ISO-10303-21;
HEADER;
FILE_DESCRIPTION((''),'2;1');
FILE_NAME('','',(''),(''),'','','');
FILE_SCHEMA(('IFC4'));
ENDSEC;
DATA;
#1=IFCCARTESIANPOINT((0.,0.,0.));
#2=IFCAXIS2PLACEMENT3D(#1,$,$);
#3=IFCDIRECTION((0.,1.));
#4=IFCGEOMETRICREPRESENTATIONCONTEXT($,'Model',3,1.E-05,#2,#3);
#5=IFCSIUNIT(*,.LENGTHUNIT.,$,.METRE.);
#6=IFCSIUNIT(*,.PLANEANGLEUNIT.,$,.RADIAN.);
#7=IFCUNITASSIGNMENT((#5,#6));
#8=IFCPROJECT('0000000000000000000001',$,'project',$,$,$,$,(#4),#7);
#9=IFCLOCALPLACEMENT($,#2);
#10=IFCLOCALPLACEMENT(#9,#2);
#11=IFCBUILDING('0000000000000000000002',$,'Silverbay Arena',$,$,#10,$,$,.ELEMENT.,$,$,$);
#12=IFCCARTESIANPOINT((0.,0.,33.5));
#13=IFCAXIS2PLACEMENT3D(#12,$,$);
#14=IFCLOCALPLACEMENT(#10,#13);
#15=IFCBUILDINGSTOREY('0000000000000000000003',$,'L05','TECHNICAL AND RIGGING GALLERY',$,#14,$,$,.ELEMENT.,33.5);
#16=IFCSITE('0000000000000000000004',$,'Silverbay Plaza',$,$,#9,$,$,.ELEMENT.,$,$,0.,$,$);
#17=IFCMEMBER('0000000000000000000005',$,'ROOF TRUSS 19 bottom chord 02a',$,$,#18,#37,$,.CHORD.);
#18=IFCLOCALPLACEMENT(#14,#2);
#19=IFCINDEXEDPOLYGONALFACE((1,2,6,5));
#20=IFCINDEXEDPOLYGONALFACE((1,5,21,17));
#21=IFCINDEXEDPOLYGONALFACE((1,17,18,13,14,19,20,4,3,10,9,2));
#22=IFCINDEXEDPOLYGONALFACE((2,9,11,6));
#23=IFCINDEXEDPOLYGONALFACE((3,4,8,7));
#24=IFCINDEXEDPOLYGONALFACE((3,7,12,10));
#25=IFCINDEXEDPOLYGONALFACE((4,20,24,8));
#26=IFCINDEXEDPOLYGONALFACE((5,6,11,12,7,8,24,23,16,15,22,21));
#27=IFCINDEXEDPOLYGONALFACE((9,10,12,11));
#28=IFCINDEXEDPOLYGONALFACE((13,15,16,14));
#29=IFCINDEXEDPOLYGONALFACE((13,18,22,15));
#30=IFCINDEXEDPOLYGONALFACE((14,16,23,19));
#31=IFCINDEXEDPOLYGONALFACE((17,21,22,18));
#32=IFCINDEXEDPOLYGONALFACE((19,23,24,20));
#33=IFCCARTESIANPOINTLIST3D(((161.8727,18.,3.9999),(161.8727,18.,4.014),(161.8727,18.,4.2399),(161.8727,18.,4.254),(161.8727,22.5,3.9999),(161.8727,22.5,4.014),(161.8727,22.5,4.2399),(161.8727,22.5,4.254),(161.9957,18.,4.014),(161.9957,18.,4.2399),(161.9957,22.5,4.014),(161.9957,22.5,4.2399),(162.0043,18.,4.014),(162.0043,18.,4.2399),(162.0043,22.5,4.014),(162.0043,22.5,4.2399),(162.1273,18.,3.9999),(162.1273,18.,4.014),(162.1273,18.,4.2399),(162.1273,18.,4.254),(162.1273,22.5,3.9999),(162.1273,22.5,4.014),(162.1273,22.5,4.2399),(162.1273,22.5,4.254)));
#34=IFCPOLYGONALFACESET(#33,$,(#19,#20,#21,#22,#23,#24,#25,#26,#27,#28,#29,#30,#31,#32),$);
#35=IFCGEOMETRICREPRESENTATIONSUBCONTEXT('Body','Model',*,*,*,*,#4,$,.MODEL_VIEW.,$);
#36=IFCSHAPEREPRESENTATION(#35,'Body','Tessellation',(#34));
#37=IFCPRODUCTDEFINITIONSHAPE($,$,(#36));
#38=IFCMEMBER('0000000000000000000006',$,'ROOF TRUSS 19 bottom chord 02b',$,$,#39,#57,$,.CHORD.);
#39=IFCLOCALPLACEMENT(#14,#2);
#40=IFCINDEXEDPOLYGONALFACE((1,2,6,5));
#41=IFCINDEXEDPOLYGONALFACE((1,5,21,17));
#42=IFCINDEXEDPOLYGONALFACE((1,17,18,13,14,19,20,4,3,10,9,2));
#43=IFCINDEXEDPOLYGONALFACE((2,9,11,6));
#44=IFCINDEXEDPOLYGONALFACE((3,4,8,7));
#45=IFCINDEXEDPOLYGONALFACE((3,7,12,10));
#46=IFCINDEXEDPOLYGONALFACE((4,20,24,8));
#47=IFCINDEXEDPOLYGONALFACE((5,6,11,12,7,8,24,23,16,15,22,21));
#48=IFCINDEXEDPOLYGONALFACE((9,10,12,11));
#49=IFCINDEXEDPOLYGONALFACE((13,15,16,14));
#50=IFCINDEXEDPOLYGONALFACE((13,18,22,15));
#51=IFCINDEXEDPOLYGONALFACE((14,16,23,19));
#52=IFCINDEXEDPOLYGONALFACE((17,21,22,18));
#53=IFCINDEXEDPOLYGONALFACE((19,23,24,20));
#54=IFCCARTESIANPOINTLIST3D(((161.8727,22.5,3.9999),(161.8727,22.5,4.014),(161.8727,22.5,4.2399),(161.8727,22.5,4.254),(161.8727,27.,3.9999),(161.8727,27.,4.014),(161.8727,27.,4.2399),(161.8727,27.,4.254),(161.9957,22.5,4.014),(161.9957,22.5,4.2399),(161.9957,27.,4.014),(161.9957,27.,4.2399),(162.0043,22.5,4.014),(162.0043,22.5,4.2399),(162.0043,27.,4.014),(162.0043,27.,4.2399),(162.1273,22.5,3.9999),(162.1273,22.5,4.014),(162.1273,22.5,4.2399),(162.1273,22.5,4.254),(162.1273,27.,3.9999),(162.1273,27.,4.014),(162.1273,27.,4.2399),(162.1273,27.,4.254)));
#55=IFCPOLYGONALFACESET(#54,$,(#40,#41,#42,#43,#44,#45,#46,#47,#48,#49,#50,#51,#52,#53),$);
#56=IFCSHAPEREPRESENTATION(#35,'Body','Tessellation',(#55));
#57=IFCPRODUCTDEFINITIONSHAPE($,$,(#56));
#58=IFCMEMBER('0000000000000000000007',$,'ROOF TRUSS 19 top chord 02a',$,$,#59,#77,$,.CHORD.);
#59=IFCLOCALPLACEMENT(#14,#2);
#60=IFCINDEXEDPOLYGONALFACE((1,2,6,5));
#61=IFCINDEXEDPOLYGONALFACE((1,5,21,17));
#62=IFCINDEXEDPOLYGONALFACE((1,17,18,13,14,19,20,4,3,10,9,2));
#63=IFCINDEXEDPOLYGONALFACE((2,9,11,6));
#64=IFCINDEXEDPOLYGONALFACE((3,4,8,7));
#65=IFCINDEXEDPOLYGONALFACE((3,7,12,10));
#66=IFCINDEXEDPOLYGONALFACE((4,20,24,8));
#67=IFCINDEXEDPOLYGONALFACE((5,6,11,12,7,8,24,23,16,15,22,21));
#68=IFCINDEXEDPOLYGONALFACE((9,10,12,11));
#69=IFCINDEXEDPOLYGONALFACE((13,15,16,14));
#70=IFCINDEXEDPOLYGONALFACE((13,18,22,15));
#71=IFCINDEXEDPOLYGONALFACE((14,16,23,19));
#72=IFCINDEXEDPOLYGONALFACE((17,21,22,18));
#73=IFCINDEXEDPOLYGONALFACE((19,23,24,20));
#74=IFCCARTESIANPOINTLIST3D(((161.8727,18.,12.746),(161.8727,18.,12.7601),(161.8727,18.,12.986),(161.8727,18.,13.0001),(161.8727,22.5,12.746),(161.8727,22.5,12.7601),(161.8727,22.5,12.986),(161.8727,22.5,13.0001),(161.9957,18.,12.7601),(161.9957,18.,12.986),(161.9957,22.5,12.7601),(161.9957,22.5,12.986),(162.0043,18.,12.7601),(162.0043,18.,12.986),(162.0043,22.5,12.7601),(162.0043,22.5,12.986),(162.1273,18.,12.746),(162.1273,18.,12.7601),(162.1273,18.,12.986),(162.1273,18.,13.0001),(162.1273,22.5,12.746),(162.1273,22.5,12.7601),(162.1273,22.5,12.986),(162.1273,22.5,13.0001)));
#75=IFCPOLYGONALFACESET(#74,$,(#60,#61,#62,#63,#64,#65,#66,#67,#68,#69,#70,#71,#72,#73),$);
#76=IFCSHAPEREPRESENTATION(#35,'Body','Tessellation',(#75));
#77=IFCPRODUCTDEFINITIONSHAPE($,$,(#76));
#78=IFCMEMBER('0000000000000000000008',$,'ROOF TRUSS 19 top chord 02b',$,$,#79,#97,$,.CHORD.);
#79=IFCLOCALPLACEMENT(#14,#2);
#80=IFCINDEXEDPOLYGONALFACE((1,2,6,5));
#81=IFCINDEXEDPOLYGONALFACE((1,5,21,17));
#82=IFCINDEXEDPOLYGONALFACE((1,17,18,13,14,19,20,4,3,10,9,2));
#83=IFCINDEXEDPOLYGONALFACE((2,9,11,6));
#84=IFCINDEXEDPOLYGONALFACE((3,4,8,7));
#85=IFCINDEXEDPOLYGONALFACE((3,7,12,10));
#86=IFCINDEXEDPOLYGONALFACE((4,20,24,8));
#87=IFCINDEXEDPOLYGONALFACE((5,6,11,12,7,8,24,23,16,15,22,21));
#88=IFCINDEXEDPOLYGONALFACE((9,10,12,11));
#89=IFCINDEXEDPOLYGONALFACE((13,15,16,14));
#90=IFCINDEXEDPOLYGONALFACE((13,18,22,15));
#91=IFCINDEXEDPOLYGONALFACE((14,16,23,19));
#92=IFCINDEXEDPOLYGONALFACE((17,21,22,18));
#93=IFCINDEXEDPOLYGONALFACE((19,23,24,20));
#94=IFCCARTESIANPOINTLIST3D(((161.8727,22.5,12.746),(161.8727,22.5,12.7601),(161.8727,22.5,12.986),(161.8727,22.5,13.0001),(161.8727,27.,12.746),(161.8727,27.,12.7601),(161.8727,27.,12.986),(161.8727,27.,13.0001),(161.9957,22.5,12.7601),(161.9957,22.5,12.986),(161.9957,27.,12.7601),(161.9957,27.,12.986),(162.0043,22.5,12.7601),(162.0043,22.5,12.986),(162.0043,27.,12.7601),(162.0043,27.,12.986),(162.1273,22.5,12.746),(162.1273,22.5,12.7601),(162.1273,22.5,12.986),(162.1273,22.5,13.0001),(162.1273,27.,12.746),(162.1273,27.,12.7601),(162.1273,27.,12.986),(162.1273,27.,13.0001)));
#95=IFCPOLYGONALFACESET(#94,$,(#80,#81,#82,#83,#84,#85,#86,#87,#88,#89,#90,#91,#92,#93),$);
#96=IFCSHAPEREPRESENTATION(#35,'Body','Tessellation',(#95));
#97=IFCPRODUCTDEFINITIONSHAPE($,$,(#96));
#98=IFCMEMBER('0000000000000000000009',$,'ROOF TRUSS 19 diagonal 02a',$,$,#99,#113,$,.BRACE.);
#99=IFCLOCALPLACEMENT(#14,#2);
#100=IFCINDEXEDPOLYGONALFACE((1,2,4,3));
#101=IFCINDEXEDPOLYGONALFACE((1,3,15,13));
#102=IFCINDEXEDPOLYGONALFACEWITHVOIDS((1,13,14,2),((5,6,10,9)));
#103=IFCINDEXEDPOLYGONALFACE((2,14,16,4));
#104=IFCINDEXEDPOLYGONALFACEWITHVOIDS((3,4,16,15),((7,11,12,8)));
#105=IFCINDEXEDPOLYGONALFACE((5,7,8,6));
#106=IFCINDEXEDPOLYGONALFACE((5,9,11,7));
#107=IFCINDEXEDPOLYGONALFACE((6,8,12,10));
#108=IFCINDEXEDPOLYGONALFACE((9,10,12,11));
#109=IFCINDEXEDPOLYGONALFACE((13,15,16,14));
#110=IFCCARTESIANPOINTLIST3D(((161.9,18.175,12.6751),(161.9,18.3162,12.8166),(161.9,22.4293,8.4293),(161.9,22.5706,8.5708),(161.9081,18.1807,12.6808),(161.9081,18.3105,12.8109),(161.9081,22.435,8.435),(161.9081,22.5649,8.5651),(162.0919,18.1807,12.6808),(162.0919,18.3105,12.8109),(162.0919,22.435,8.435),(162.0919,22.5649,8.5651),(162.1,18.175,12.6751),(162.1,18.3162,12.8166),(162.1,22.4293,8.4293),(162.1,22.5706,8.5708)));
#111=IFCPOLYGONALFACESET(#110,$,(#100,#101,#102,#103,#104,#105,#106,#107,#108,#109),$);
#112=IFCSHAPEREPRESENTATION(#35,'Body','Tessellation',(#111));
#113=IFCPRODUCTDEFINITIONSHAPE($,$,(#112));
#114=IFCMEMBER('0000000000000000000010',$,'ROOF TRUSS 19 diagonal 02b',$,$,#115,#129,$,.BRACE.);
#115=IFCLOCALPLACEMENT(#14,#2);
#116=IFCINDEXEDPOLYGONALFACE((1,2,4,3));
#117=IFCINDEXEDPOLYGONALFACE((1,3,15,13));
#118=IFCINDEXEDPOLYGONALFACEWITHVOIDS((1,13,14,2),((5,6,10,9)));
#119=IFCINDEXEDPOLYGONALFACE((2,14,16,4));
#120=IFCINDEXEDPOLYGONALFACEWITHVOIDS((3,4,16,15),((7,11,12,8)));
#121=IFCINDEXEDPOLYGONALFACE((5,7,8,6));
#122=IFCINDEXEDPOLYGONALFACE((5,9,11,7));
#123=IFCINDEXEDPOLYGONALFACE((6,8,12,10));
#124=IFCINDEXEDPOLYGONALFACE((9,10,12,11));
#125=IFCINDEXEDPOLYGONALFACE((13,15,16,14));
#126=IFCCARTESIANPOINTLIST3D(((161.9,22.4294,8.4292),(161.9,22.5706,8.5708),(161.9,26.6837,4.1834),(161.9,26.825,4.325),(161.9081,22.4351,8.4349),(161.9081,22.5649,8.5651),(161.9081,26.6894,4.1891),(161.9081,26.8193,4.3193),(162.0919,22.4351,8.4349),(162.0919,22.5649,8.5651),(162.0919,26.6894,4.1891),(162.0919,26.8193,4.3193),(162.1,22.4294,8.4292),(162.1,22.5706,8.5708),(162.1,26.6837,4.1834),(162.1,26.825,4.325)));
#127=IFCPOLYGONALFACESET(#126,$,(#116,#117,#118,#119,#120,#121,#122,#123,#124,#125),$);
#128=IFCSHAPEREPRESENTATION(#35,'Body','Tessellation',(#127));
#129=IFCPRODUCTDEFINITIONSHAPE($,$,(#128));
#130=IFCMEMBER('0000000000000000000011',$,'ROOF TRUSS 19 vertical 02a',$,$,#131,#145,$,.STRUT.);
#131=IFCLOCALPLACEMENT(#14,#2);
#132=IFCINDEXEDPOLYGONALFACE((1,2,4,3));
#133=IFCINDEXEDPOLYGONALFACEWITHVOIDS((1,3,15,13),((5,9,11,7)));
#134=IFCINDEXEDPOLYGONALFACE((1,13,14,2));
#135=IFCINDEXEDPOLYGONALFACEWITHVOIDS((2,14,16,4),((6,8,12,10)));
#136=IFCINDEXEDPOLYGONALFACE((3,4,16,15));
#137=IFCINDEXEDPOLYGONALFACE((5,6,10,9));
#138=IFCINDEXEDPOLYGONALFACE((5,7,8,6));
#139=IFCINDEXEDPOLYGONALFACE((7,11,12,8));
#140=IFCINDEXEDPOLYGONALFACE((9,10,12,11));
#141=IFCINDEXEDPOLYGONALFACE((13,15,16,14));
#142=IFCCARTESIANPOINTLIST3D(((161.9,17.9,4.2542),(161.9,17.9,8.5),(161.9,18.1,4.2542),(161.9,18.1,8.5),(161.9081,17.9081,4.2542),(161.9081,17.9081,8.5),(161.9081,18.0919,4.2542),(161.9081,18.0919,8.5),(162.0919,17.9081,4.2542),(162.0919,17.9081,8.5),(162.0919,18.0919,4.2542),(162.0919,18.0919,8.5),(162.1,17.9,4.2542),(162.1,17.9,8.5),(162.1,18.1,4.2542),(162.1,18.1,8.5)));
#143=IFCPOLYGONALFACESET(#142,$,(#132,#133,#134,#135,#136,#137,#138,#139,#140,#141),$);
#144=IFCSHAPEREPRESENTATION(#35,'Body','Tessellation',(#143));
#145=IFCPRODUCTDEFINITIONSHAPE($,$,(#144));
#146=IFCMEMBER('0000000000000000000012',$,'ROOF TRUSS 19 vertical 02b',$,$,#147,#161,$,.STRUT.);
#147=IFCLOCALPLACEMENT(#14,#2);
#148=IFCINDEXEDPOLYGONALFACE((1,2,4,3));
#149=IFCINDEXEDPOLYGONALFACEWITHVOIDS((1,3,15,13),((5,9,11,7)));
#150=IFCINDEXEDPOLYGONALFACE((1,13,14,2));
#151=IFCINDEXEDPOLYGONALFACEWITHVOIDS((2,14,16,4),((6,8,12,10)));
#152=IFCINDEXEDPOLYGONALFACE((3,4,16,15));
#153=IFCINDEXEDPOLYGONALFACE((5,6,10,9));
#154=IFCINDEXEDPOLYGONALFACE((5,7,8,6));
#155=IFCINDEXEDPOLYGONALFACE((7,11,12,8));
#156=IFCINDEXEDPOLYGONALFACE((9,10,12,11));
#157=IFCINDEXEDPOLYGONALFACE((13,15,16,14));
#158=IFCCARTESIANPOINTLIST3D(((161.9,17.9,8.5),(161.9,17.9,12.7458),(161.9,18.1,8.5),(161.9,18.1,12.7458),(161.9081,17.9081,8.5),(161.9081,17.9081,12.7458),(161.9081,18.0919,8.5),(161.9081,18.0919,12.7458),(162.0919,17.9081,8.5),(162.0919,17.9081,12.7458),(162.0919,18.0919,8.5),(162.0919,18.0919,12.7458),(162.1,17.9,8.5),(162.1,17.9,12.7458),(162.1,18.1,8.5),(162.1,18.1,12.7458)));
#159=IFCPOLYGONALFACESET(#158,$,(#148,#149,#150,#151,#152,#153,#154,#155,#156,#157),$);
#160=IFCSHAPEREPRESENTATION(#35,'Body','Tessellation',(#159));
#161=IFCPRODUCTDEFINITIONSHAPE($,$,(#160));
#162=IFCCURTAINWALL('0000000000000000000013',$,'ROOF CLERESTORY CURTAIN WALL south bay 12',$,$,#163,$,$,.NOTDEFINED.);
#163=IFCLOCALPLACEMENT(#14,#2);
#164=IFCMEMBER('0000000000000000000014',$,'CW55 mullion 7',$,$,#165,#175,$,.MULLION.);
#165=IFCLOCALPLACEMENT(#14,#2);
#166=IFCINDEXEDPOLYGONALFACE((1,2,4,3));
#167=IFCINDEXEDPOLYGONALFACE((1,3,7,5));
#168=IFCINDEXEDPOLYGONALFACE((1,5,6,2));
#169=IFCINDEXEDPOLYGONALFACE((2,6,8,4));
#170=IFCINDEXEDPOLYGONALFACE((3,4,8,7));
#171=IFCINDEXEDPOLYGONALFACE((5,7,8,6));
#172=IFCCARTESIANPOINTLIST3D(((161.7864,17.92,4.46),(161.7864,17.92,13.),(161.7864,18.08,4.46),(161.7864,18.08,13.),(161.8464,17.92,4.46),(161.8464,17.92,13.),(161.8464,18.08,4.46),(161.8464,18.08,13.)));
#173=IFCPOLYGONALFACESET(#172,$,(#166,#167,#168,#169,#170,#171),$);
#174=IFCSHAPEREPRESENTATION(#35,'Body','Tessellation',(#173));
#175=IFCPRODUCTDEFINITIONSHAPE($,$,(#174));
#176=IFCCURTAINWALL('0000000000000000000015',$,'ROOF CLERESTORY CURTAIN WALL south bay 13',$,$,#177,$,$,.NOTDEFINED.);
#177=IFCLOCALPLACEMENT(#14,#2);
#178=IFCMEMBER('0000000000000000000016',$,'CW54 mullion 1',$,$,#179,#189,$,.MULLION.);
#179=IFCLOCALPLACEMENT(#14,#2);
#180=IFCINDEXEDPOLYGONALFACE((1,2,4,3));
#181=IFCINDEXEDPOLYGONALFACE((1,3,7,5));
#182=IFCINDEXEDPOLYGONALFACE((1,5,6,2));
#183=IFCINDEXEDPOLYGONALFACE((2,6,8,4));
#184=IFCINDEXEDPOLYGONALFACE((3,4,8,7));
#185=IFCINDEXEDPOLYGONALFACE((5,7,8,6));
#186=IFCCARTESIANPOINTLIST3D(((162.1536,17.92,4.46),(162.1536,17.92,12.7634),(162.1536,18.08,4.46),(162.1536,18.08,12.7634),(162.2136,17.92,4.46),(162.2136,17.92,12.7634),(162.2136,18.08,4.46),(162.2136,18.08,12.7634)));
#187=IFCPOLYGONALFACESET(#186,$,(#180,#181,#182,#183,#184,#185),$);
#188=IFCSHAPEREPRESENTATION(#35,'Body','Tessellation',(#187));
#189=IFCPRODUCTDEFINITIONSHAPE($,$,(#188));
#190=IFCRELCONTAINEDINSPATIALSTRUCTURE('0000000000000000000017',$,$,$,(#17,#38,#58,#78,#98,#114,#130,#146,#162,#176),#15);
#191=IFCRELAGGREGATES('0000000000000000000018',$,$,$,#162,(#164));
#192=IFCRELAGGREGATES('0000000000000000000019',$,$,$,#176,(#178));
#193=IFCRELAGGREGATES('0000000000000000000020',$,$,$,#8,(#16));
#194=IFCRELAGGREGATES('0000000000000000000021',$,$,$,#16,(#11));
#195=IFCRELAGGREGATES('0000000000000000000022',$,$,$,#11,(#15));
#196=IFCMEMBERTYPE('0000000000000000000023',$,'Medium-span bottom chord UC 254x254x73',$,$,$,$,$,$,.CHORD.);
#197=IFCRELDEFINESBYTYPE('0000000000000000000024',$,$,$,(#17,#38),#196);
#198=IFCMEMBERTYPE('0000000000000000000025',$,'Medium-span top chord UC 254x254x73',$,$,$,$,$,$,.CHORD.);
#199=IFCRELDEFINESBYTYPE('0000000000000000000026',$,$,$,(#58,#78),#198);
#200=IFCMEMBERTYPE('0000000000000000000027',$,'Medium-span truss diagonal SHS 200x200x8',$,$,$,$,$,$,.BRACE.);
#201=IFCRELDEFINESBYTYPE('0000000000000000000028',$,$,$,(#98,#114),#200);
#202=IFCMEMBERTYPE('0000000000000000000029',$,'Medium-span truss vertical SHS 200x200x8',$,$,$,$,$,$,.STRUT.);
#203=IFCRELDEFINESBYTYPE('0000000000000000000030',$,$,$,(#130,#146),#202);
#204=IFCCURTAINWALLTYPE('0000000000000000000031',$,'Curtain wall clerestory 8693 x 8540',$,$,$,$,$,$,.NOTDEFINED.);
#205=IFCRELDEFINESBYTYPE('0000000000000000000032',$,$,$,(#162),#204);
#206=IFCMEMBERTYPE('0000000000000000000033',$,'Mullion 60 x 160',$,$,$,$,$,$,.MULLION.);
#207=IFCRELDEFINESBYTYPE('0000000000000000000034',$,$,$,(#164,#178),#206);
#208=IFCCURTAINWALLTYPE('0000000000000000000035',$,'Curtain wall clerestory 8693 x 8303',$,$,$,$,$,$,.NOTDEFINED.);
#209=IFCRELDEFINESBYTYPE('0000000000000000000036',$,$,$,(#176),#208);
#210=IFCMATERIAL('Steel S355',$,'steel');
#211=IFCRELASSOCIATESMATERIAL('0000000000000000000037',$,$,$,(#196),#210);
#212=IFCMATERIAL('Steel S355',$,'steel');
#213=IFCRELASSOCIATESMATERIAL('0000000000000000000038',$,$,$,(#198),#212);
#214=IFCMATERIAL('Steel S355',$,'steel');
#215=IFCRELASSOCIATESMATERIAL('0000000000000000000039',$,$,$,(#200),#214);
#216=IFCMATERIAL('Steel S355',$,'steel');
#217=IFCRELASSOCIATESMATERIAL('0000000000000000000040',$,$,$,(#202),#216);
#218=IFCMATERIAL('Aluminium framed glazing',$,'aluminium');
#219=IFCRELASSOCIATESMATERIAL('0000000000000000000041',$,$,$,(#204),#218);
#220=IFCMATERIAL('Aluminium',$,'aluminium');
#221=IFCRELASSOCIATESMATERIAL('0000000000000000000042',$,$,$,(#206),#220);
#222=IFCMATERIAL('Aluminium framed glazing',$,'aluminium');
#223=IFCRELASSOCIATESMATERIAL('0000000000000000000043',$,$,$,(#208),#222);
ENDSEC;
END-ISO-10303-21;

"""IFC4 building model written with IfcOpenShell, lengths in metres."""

from ifc_helpers import new_model, si_unit, direction, frame, origin, origin_2d, place, context, subcontext, project, spatial, rectangle, hollow_rectangle, i_section, extrude, material, material_profile, profile_set, type_object, element, aggregate, save


model = new_model("IFC4")

# Units and contexts
model_context = context("Model", 3, precision=1e-05, world=origin(), true_north=direction((0.0, 1.0)))
body_context = subcontext(model_context, "Body", "Model", "MODEL_VIEW")
ifc_project = project(units=[si_unit("LENGTHUNIT", "METRE"), si_unit("PLANEANGLEUNIT", "RADIAN")], contexts=[model_context])

# Site, building, storey
site_placement = place(None, origin())
site = spatial("IfcSite", under=ifc_project, at=site_placement, Name="Silverbay Plaza", CompositionType="ELEMENT", RefElevation=0.0)
building_placement = place(site_placement, origin())
building = spatial("IfcBuilding", under=site, at=building_placement, Name="Silverbay Arena", CompositionType="ELEMENT")
storey_placement = place(building_placement, frame((0.0, 0.0, 33.5)))
storey = spatial("IfcBuildingStorey", under=building, at=storey_placement, Name="L05", Description="TECHNICAL AND RIGGING GALLERY", CompositionType="ELEMENT", Elevation=33.5)

# Members
ifc_material_1 = material(Name="Steel S355", Category="steel")
ifc_material_profile_1 = material_profile(ifc_material_1, i_section(OverallWidth=0.2546, OverallDepth=0.2542, WebThickness=0.0085, FlangeThickness=0.0142, at=origin_2d()), Name="UC 254x254x73")
ifc_profile_set_1 = profile_set([ifc_material_profile_1], Name="Steel S355")
member_type_1 = type_object("IfcMemberType", Name="Medium-span bottom chord UC 254x254x73", PredefinedType="CHORD", material=ifc_profile_set_1)
for number, where, z_axis, x_axis, name in (
    (1, (162.0, 18.0, 4.127), (0.0, 1.0, 0.0), (-1.0, 0.0, 0.0), "ROOF TRUSS 19 bottom chord 02a"),
    (2, (162.0, 22.5, 4.127), (0.0, 1.0, 0.0), (-1.0, 0.0, 0.0), "ROOF TRUSS 19 bottom chord 02b"),
):
    element("IfcMember", number, at=place(storey_placement, frame(where, z_axis=z_axis, x_axis=x_axis)), inside=storey, type_object=member_type_1, Name=name, PredefinedType="CHORD", context=body_context, shape_type="SweptSolid", body=[
        extrude(i_section(OverallWidth=0.2546, OverallDepth=0.2542, WebThickness=0.0085, FlangeThickness=0.0142, at=origin_2d()), origin(), (0.0, 0.0, 1.0), 4.5),
    ])
ifc_material_2 = material(Name="Steel S355", Category="steel")
ifc_material_profile_2 = material_profile(ifc_material_2, i_section(OverallWidth=0.2546, OverallDepth=0.2542, WebThickness=0.0085, FlangeThickness=0.0142, at=origin_2d()), Name="UC 254x254x73")
ifc_profile_set_2 = profile_set([ifc_material_profile_2], Name="Steel S355")
member_type_2 = type_object("IfcMemberType", Name="Medium-span top chord UC 254x254x73", PredefinedType="CHORD", material=ifc_profile_set_2)
for number, where, z_axis, x_axis, name in (
    (3, (162.0, 18.0, 12.873), (0.0, 1.0, 0.0), (-1.0, 0.0, 0.0), "ROOF TRUSS 19 top chord 02a"),
    (4, (162.0, 22.5, 12.873), (0.0, 1.0, 0.0), (-1.0, 0.0, 0.0), "ROOF TRUSS 19 top chord 02b"),
):
    element("IfcMember", number, at=place(storey_placement, frame(where, z_axis=z_axis, x_axis=x_axis)), inside=storey, type_object=member_type_2, Name=name, PredefinedType="CHORD", context=body_context, shape_type="SweptSolid", body=[
        extrude(i_section(OverallWidth=0.2546, OverallDepth=0.2542, WebThickness=0.0085, FlangeThickness=0.0142, at=origin_2d()), origin(), (0.0, 0.0, 1.0), 4.5),
    ])
ifc_material_3 = material(Name="Steel S355", Category="steel")
ifc_material_profile_3 = material_profile(ifc_material_3, hollow_rectangle(XDim=0.2, YDim=0.2, WallThickness=0.0081, at=origin_2d()), Name="SHS 200x200x8")
ifc_profile_set_3 = profile_set([ifc_material_profile_3], Name="Steel S355")
member_type_3 = type_object("IfcMemberType", Name="Medium-span truss diagonal SHS 200x200x8", PredefinedType="BRACE", material=ifc_profile_set_3)
for number, where, z_axis, x_axis, name in (
    (5, (162.0, 18.2456, 12.7458), (0.0, 0.707817, -0.706396), (-1.0, 0.0, 0.0), "ROOF TRUSS 19 diagonal 02a"),
    (6, (162.0, 22.5, 8.5), (0.0, 0.707817, -0.706396), (-1.0, 0.0, 0.0), "ROOF TRUSS 19 diagonal 02b"),
):
    element("IfcMember", number, at=place(storey_placement, frame(where, z_axis=z_axis, x_axis=x_axis)), inside=storey, type_object=member_type_3, Name=name, PredefinedType="BRACE", context=body_context, shape_type="SweptSolid", body=[
        extrude(hollow_rectangle(XDim=0.2, YDim=0.2, WallThickness=0.0081, at=origin_2d()), origin(), (0.0, 0.0, 1.0), 6.0105),
    ])
ifc_material_4 = material(Name="Steel S355", Category="steel")
ifc_material_profile_4 = material_profile(ifc_material_4, hollow_rectangle(XDim=0.2, YDim=0.2, WallThickness=0.0081, at=origin_2d()), Name="SHS 200x200x8")
ifc_profile_set_4 = profile_set([ifc_material_profile_4], Name="Steel S355")
member_type_4 = type_object("IfcMemberType", Name="Medium-span truss vertical SHS 200x200x8", PredefinedType="STRUT", material=ifc_profile_set_4)
for number, where, z_axis, x_axis, name in (
    (7, (162.0, 18.0, 4.2542), (0.0, 0.0, 1.0), (1.0, 0.0, 0.0), "ROOF TRUSS 19 vertical 02a"),
    (8, (162.0, 18.0, 8.5), (0.0, 0.0, 1.0), (1.0, 0.0, 0.0), "ROOF TRUSS 19 vertical 02b"),
):
    element("IfcMember", number, at=place(storey_placement, frame(where, z_axis=z_axis, x_axis=x_axis)), inside=storey, type_object=member_type_4, Name=name, PredefinedType="STRUT", context=body_context, shape_type="SweptSolid", body=[
        extrude(hollow_rectangle(XDim=0.2, YDim=0.2, WallThickness=0.0081, at=origin_2d()), origin(), (0.0, 0.0, 1.0), 4.2458),
    ])

# Curtain wall, member
ifc_material_5 = material(Name="Aluminium framed glazing", Category="aluminium")
curtain_wall_type_1 = type_object("IfcCurtainWallType", Name="Curtain wall clerestory 8693 x 8540", PredefinedType="NOTDEFINED", material=ifc_material_5)
curtain_wall_1_placement = place(storey_placement, origin())
curtain_wall_1 = element("IfcCurtainWall", 9, at=curtain_wall_1_placement, inside=storey, type_object=curtain_wall_type_1, Name="ROOF CLERESTORY CURTAIN WALL south bay 12", PredefinedType="NOTDEFINED")
ifc_material_6 = material(Name="Aluminium", Category="aluminium")
ifc_material_profile_5 = material_profile(ifc_material_6, rectangle(XDim=0.1599, YDim=0.0601, at=origin_2d()), Name="Mullion 60 x 160")
ifc_profile_set_5 = profile_set([ifc_material_profile_5], Name="Aluminium")
member_type_5 = type_object("IfcMemberType", Name="Mullion 60 x 160", PredefinedType="MULLION", material=ifc_profile_set_5)
member_1_placement = place(storey_placement, frame((161.8164, 18.0, 4.46), z_axis=(0.0, 0.0, 1.0), x_axis=(0.0, 1.0, 0.0)))
member_1 = element("IfcMember", 10, at=member_1_placement, type_object=member_type_5, Name="CW55 mullion 7", PredefinedType="MULLION", context=body_context, shape_type="SweptSolid", body=[
    extrude(rectangle(XDim=0.1599, YDim=0.0601, at=origin_2d()), origin(), (0.0, 0.0, 1.0), 8.54),
])

# Curtain wall, member
ifc_material_7 = material(Name="Aluminium framed glazing", Category="aluminium")
curtain_wall_type_2 = type_object("IfcCurtainWallType", Name="Curtain wall clerestory 8693 x 8303", PredefinedType="NOTDEFINED", material=ifc_material_7)
curtain_wall_2_placement = place(storey_placement, origin())
curtain_wall_2 = element("IfcCurtainWall", 11, at=curtain_wall_2_placement, inside=storey, type_object=curtain_wall_type_2, Name="ROOF CLERESTORY CURTAIN WALL south bay 13", PredefinedType="NOTDEFINED")
member_2_placement = place(storey_placement, frame((162.1836, 18.0, 4.46), z_axis=(0.0, 0.0, 1.0), x_axis=(0.0, 1.0, 0.0)))
member_2 = element("IfcMember", 12, at=member_2_placement, type_object=member_type_5, Name="CW54 mullion 1", PredefinedType="MULLION", context=body_context, shape_type="SweptSolid", body=[
    extrude(rectangle(XDim=0.1599, YDim=0.0601, at=origin_2d()), origin(), (0.0, 0.0, 1.0), 8.3035),
])

aggregate(curtain_wall_1, [member_1])
aggregate(curtain_wall_2, [member_2])

save(model, "model.ifc")
